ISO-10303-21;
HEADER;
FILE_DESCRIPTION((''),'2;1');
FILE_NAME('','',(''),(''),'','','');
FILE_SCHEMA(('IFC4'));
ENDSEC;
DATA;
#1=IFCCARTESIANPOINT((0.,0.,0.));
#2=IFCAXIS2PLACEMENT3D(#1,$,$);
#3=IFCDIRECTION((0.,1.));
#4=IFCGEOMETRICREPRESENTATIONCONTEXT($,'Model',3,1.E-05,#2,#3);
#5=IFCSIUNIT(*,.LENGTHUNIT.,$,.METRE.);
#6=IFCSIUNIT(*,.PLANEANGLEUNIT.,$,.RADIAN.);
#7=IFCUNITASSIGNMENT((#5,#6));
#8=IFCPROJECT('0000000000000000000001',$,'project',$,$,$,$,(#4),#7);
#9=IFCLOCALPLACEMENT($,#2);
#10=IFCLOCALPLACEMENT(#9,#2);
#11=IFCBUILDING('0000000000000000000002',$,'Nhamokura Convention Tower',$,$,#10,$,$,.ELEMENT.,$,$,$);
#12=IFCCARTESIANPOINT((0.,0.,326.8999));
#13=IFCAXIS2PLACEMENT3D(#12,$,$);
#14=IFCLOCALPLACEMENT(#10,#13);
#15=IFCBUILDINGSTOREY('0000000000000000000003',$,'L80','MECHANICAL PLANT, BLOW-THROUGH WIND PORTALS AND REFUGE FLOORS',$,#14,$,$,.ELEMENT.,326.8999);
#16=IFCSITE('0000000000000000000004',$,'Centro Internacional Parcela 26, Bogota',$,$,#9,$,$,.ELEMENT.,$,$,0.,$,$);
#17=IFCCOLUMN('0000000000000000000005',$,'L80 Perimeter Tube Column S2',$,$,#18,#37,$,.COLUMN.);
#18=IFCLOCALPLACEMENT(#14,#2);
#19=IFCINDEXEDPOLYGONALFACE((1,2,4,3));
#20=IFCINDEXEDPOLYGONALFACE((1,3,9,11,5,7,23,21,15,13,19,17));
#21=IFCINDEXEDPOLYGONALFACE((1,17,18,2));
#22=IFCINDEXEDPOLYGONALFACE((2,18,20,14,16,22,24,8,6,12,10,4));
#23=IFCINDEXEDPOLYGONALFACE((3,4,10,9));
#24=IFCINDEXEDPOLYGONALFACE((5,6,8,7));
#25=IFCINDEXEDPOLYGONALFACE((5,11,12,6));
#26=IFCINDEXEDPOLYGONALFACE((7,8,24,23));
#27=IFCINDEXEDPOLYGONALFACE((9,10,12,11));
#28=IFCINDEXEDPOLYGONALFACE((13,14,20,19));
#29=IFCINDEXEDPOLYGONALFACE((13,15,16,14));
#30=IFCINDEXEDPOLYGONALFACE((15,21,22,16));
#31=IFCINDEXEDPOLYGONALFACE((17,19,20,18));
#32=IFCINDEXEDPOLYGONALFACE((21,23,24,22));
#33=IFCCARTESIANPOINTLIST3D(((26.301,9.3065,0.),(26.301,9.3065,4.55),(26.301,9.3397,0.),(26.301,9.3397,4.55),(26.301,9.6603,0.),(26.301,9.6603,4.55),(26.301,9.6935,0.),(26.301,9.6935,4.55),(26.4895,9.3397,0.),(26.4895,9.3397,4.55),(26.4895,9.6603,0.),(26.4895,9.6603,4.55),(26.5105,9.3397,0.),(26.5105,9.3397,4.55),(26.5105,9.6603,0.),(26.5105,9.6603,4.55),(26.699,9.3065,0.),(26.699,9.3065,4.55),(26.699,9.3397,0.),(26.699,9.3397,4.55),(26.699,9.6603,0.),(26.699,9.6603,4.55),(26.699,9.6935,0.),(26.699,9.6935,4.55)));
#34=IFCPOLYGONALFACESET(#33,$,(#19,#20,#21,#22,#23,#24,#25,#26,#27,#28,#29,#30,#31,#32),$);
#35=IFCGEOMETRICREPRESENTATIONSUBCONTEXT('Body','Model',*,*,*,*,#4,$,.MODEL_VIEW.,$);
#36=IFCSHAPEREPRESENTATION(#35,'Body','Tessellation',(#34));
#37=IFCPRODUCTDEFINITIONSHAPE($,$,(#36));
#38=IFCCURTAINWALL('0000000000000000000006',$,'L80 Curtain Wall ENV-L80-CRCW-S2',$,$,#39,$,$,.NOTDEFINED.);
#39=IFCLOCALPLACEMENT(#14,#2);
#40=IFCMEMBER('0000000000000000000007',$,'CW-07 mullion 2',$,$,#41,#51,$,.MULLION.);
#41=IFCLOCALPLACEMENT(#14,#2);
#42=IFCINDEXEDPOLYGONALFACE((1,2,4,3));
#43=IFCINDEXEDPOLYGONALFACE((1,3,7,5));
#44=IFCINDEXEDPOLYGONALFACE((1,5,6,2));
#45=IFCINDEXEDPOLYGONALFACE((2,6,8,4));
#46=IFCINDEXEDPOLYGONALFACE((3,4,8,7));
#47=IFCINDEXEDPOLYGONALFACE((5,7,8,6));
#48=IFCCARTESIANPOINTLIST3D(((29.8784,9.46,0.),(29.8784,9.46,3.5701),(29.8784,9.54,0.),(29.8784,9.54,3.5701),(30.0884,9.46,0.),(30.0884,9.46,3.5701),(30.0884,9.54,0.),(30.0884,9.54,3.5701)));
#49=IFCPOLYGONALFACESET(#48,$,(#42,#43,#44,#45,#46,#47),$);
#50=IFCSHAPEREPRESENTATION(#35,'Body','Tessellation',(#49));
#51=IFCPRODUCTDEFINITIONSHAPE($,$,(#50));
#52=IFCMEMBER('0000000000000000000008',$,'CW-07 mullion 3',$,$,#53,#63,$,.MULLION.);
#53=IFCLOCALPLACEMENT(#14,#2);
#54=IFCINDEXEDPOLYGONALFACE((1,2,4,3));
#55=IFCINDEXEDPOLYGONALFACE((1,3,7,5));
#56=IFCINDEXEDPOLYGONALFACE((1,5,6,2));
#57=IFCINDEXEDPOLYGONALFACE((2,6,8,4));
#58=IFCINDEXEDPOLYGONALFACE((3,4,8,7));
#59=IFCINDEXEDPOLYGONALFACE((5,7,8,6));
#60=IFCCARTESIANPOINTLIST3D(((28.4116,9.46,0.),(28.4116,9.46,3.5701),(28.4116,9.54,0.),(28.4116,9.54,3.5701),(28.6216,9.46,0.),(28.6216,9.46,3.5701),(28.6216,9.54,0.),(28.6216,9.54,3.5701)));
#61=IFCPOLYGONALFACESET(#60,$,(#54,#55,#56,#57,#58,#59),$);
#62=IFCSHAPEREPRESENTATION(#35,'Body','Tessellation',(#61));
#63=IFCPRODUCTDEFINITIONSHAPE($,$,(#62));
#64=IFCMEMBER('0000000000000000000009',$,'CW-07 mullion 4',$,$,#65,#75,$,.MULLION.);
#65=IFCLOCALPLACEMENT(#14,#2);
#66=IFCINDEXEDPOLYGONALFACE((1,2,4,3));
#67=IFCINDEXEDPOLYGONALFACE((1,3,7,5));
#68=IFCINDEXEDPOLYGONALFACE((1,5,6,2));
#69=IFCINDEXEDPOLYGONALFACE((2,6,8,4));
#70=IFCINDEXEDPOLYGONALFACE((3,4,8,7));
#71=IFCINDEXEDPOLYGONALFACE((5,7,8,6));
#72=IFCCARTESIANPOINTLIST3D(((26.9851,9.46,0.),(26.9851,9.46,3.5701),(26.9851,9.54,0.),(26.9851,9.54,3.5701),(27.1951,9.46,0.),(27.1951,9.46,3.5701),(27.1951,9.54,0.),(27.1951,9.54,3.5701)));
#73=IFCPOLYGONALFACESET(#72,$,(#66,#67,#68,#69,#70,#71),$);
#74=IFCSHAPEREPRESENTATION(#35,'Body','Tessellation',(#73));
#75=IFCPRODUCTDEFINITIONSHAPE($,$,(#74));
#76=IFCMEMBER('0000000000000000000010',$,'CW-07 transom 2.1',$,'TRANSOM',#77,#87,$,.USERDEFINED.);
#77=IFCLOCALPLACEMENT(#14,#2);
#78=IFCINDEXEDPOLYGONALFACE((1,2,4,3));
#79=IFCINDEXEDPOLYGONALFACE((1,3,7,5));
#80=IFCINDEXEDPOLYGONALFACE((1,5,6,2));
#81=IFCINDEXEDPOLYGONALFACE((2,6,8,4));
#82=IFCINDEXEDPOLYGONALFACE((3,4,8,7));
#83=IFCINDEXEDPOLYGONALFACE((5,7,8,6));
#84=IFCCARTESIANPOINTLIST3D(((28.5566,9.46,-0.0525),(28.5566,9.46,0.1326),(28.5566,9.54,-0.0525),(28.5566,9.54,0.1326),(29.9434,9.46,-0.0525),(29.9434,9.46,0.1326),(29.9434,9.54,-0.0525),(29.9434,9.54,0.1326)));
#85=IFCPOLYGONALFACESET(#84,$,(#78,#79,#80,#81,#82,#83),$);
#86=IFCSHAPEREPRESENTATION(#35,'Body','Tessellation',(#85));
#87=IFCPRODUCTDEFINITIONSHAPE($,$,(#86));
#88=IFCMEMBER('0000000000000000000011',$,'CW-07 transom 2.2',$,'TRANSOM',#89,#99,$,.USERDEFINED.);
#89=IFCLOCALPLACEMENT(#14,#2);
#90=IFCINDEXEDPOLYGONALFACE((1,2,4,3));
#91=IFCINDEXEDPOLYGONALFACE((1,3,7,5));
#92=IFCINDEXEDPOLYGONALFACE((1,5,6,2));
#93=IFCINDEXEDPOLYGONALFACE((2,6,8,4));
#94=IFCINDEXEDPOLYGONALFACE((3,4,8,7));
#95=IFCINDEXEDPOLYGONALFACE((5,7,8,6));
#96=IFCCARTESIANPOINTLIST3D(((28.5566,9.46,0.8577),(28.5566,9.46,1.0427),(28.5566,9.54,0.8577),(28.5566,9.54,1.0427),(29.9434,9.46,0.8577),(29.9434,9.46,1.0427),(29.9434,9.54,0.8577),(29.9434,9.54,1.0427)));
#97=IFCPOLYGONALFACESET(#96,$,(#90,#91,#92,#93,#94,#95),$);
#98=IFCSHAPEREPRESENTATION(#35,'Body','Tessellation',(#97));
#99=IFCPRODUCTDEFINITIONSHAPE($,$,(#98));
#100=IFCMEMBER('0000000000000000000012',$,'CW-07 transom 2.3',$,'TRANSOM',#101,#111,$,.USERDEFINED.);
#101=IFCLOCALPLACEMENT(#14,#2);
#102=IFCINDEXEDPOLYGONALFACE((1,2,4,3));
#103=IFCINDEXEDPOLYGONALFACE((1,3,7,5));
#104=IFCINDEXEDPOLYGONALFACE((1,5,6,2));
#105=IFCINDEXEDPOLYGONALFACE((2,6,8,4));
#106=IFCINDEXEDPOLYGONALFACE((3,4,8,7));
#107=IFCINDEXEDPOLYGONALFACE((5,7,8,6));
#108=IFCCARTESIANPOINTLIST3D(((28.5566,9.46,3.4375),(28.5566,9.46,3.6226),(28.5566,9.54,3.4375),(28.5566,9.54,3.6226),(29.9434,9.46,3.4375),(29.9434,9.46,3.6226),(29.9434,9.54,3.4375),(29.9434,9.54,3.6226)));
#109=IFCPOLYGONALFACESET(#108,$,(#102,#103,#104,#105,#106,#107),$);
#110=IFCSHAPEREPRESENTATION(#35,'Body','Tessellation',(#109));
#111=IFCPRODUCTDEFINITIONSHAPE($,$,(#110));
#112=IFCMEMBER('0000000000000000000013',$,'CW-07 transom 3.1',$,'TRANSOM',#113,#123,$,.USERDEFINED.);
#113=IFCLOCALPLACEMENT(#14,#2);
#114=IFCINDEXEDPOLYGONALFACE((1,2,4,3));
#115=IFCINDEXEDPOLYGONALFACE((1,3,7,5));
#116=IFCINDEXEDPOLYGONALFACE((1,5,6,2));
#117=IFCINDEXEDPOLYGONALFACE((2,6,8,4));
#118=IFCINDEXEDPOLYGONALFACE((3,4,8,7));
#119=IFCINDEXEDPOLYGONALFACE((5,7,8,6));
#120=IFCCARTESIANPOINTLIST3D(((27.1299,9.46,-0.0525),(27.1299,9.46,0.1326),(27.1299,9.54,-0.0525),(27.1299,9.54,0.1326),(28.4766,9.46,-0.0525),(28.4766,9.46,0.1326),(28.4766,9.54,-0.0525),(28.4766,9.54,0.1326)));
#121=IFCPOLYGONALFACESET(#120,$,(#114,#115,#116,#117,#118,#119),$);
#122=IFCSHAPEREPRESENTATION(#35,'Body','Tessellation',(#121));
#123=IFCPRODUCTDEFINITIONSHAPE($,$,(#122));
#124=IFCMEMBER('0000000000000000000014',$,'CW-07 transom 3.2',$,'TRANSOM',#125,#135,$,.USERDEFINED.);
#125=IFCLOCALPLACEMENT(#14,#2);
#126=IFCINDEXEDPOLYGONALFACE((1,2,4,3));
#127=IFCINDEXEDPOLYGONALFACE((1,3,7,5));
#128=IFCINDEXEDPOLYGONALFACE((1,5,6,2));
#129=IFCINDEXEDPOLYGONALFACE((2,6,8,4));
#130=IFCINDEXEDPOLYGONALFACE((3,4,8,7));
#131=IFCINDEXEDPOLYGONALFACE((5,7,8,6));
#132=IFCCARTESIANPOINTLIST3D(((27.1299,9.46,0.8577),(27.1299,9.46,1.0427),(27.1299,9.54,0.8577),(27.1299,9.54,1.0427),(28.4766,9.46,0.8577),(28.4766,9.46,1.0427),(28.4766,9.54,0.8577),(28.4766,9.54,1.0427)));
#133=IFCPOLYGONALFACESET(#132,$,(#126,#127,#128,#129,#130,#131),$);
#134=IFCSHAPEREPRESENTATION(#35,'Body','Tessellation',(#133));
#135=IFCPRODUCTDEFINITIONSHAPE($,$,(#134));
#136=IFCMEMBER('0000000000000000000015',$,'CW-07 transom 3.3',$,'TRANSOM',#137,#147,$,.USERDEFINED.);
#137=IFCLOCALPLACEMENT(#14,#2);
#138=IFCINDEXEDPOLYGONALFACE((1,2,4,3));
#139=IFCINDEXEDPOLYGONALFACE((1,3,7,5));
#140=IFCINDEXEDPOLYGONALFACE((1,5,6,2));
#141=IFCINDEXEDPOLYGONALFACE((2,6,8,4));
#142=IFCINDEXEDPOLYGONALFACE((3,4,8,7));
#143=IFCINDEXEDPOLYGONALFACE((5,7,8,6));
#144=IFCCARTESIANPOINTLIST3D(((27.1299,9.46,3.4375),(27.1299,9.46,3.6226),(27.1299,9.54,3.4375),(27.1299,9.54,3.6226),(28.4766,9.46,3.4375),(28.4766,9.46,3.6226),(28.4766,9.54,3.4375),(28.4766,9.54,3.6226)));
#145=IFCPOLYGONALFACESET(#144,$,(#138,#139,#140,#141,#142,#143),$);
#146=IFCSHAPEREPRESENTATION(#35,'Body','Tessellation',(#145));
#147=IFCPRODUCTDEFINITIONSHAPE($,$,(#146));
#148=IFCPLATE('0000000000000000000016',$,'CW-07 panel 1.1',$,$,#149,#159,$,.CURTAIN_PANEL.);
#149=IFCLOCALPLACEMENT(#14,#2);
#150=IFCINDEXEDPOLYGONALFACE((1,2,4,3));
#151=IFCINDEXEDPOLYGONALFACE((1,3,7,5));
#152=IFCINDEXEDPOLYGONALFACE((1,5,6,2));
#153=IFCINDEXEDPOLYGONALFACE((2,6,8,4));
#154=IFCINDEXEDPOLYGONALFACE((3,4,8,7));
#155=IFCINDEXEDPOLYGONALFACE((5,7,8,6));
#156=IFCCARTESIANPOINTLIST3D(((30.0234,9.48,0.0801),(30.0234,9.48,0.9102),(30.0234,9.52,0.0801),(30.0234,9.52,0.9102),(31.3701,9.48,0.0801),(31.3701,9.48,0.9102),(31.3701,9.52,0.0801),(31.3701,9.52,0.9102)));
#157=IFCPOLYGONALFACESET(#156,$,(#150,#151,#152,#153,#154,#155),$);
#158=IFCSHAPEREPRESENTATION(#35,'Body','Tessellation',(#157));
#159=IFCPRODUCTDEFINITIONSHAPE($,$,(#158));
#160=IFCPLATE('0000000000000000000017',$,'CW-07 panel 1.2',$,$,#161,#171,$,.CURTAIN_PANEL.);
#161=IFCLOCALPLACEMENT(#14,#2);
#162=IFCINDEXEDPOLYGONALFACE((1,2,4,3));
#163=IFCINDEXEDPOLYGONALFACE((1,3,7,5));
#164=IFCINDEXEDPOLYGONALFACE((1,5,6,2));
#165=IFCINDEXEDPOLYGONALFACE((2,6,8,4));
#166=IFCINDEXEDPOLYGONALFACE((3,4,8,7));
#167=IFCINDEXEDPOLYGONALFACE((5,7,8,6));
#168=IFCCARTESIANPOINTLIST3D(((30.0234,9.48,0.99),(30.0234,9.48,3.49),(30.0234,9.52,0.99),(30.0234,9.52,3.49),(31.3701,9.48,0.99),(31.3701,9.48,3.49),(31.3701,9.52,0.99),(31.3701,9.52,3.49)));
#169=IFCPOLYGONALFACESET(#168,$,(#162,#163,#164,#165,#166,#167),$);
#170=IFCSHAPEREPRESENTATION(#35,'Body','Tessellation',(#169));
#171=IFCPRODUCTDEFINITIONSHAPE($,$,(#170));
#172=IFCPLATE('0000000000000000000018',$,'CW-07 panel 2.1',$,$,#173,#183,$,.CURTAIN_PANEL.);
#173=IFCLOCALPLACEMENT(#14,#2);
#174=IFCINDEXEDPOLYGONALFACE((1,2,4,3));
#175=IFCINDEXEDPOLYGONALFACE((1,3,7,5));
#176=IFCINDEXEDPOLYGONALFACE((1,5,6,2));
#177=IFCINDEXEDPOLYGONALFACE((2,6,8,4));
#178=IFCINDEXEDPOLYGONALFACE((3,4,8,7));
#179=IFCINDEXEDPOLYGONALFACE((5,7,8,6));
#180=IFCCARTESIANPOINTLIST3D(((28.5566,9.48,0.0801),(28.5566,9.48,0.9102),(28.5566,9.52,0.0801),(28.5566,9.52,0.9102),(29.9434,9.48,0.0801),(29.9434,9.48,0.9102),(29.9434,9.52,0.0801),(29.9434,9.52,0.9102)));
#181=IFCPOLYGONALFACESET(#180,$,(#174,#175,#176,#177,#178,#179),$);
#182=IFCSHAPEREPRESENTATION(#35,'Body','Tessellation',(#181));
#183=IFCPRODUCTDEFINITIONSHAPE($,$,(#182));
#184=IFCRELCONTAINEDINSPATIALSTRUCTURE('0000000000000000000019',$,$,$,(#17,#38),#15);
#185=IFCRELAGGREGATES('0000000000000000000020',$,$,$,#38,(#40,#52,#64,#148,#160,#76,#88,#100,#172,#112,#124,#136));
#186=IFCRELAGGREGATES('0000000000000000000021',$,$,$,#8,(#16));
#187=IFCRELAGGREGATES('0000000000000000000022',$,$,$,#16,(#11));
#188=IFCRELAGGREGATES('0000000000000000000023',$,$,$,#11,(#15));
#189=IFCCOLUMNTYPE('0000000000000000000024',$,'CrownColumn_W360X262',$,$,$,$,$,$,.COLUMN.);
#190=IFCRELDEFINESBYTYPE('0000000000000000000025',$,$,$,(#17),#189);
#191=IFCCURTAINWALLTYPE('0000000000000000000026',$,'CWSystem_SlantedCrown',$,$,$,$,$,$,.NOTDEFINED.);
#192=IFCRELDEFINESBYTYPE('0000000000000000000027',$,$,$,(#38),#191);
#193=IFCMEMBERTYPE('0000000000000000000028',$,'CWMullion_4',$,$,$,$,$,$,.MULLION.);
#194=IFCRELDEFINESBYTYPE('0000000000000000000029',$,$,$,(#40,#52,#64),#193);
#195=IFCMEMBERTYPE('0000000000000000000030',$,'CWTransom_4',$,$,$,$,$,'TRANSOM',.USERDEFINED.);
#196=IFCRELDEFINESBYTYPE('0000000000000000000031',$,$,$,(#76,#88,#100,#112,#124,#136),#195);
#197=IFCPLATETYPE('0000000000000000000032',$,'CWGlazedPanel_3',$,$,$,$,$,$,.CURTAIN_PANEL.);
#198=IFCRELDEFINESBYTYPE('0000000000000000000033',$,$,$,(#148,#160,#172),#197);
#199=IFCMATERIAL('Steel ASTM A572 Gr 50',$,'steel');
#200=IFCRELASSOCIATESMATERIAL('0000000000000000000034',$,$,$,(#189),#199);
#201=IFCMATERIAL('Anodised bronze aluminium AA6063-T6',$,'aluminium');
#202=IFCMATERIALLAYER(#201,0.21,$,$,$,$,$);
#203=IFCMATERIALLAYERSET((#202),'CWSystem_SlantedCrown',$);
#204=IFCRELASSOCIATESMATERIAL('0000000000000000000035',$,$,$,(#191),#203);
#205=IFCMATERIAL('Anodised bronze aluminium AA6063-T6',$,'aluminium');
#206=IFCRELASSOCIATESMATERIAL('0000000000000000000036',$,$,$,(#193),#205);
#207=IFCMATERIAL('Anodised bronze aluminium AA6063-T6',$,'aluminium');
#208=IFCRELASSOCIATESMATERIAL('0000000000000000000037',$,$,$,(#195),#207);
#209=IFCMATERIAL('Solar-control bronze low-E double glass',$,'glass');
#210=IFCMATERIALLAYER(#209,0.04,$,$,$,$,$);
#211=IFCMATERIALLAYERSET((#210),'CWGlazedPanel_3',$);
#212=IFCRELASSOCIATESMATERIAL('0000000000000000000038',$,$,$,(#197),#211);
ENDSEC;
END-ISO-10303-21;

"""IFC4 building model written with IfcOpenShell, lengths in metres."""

from ifc_helpers import new_model, si_unit, direction, frame, origin, origin_2d, place, context, subcontext, project, spatial, rectangle, i_section, extrude, material, layer, layer_set, material_profile, profile_set, type_object, element, aggregate, save


model = new_model("IFC4")

# Units and contexts
model_context = context("Model", 3, precision=1e-05, world=origin(), true_north=direction((0.0, 1.0)))
body_context = subcontext(model_context, "Body", "Model", "MODEL_VIEW")
ifc_project = project(units=[si_unit("LENGTHUNIT", "METRE"), si_unit("PLANEANGLEUNIT", "RADIAN")], contexts=[model_context])

# Site, building, storey
site_placement = place(None, origin())
site = spatial("IfcSite", under=ifc_project, at=site_placement, Name="Centro Internacional Parcela 26, Bogota", CompositionType="ELEMENT", RefElevation=0.0)
building_placement = place(site_placement, origin())
building = spatial("IfcBuilding", under=site, at=building_placement, Name="Nhamokura Convention Tower", CompositionType="ELEMENT")
storey_placement = place(building_placement, frame((0.0, 0.0, 326.8999)))
storey = spatial("IfcBuildingStorey", under=building, at=storey_placement, Name="L80", Description="MECHANICAL PLANT, BLOW-THROUGH WIND PORTALS AND REFUGE FLOORS", CompositionType="ELEMENT", Elevation=326.8999)

# Column
ifc_material_1 = material(Name="Steel ASTM A572 Gr 50", Category="steel")
ifc_material_profile_1 = material_profile(ifc_material_1, i_section(OverallWidth=0.3979, OverallDepth=0.387, WebThickness=0.021, FlangeThickness=0.0332, at=origin_2d()))
ifc_profile_set_1 = profile_set([ifc_material_profile_1], Name="Steel ASTM A572 Gr 50")
column_type = type_object("IfcColumnType", Name="CrownColumn_W360X262", PredefinedType="COLUMN", material=ifc_profile_set_1)
column_placement = place(storey_placement, frame((26.5, 9.5, 0.0), z_axis=(0.0, 0.0, 1.0), x_axis=(1.0, 0.0, 0.0)))
element("IfcColumn", 1, at=column_placement, inside=storey, type_object=column_type, Name="L80 Perimeter Tube Column S2", PredefinedType="COLUMN", context=body_context, shape_type="SweptSolid", body=[
    extrude(i_section(OverallWidth=0.3979, OverallDepth=0.387, WebThickness=0.021, FlangeThickness=0.0332, at=origin_2d()), origin(), (0.0, 0.0, 1.0), 4.55),
])

# Curtain wall, members, plates
ifc_material_2 = material(Name="Anodised bronze aluminium AA6063-T6", Category="aluminium")
ifc_layer_1 = layer(ifc_material_2, 0.21)
ifc_layer_set_1 = layer_set([ifc_layer_1], Name="CWSystem_SlantedCrown")
curtain_wall_type = type_object("IfcCurtainWallType", Name="CWSystem_SlantedCrown", PredefinedType="NOTDEFINED", material=ifc_layer_set_1)
curtain_wall_placement = place(storey_placement, origin())
curtain_wall = element("IfcCurtainWall", 2, at=curtain_wall_placement, inside=storey, type_object=curtain_wall_type, Name="L80 Curtain Wall ENV-L80-CRCW-S2", PredefinedType="NOTDEFINED")
ifc_material_3 = material(Name="Anodised bronze aluminium AA6063-T6", Category="aluminium")
ifc_material_profile_2 = material_profile(ifc_material_3, rectangle(XDim=0.0801, YDim=0.21, at=origin_2d()))
ifc_profile_set_2 = profile_set([ifc_material_profile_2], Name="Anodised bronze aluminium AA6063-T6")
member_type_1 = type_object("IfcMemberType", Name="CWMullion_4", PredefinedType="MULLION", material=ifc_profile_set_2)
member_1_placement = place(storey_placement, frame((29.9834, 9.5, 0.0), z_axis=(0.0, 0.0, 1.0), x_axis=(0.0, -1.0, 0.0)))
member_1 = element("IfcMember", 3, at=member_1_placement, type_object=member_type_1, Name="CW-07 mullion 2", PredefinedType="MULLION", context=body_context, shape_type="SweptSolid", body=[
    extrude(rectangle(XDim=0.0801, YDim=0.21, at=origin_2d()), origin(), (0.0, 0.0, 1.0), 3.5701),
])
member_2_placement = place(storey_placement, frame((28.5166, 9.5, 0.0), z_axis=(0.0, 0.0, 1.0), x_axis=(0.0, -1.0, 0.0)))
member_2 = element("IfcMember", 4, at=member_2_placement, type_object=member_type_1, Name="CW-07 mullion 3", PredefinedType="MULLION", context=body_context, shape_type="SweptSolid", body=[
    extrude(rectangle(XDim=0.0801, YDim=0.21, at=origin_2d()), origin(), (0.0, 0.0, 1.0), 3.5701),
])
member_3_placement = place(storey_placement, frame((27.0901, 9.5, 0.0), z_axis=(0.0, 0.0, 1.0), x_axis=(0.0, -1.0, 0.0)))
member_3 = element("IfcMember", 5, at=member_3_placement, type_object=member_type_1, Name="CW-07 mullion 4", PredefinedType="MULLION", context=body_context, shape_type="SweptSolid", body=[
    extrude(rectangle(XDim=0.0801, YDim=0.21, at=origin_2d()), origin(), (0.0, 0.0, 1.0), 3.5701),
])
ifc_material_4 = material(Name="Anodised bronze aluminium AA6063-T6", Category="aluminium")
ifc_material_profile_3 = material_profile(ifc_material_4, rectangle(XDim=0.0801, YDim=0.1851, at=origin_2d()))
ifc_profile_set_3 = profile_set([ifc_material_profile_3], Name="Anodised bronze aluminium AA6063-T6")
member_type_2 = type_object("IfcMemberType", Name="CWTransom_4", ElementType="TRANSOM", PredefinedType="USERDEFINED", material=ifc_profile_set_3)
member_4_placement = place(storey_placement, frame((29.9434, 9.5, 0.04), z_axis=(-1.0, 0.0, 0.0), x_axis=(0.0, -1.0, 0.0)))
member_4 = element("IfcMember", 6, at=member_4_placement, type_object=member_type_2, Name="CW-07 transom 2.1", ObjectType="TRANSOM", PredefinedType="USERDEFINED", context=body_context, shape_type="SweptSolid", body=[
    extrude(rectangle(XDim=0.0801, YDim=0.1851, at=origin_2d()), origin(), (0.0, 0.0, 1.0), 1.3867),
])
member_5_placement = place(storey_placement, frame((29.9434, 9.5, 0.9502), z_axis=(-1.0, 0.0, 0.0), x_axis=(0.0, -1.0, 0.0)))
member_5 = element("IfcMember", 7, at=member_5_placement, type_object=member_type_2, Name="CW-07 transom 2.2", ObjectType="TRANSOM", PredefinedType="USERDEFINED", context=body_context, shape_type="SweptSolid", body=[
    extrude(rectangle(XDim=0.0801, YDim=0.1851, at=origin_2d()), origin(), (0.0, 0.0, 1.0), 1.3867),
])
member_6_placement = place(storey_placement, frame((29.9434, 9.5, 3.53), z_axis=(-1.0, 0.0, 0.0), x_axis=(0.0, -1.0, 0.0)))
member_6 = element("IfcMember", 8, at=member_6_placement, type_object=member_type_2, Name="CW-07 transom 2.3", ObjectType="TRANSOM", PredefinedType="USERDEFINED", context=body_context, shape_type="SweptSolid", body=[
    extrude(rectangle(XDim=0.0801, YDim=0.1851, at=origin_2d()), origin(), (0.0, 0.0, 1.0), 1.3867),
])
member_7_placement = place(storey_placement, frame((28.4766, 9.5, 0.04), z_axis=(-1.0, 0.0, 0.0), x_axis=(0.0, -1.0, 0.0)))
member_7 = element("IfcMember", 9, at=member_7_placement, type_object=member_type_2, Name="CW-07 transom 3.1", ObjectType="TRANSOM", PredefinedType="USERDEFINED", context=body_context, shape_type="SweptSolid", body=[
    extrude(rectangle(XDim=0.0801, YDim=0.1851, at=origin_2d()), origin(), (0.0, 0.0, 1.0), 1.3467),
])
member_8_placement = place(storey_placement, frame((28.4766, 9.5, 0.9502), z_axis=(-1.0, 0.0, 0.0), x_axis=(0.0, -1.0, 0.0)))
member_8 = element("IfcMember", 10, at=member_8_placement, type_object=member_type_2, Name="CW-07 transom 3.2", ObjectType="TRANSOM", PredefinedType="USERDEFINED", context=body_context, shape_type="SweptSolid", body=[
    extrude(rectangle(XDim=0.0801, YDim=0.1851, at=origin_2d()), origin(), (0.0, 0.0, 1.0), 1.3467),
])
member_9_placement = place(storey_placement, frame((28.4766, 9.5, 3.53), z_axis=(-1.0, 0.0, 0.0), x_axis=(0.0, -1.0, 0.0)))
member_9 = element("IfcMember", 11, at=member_9_placement, type_object=member_type_2, Name="CW-07 transom 3.3", ObjectType="TRANSOM", PredefinedType="USERDEFINED", context=body_context, shape_type="SweptSolid", body=[
    extrude(rectangle(XDim=0.0801, YDim=0.1851, at=origin_2d()), origin(), (0.0, 0.0, 1.0), 1.3467),
])
ifc_material_5 = material(Name="Solar-control bronze low-E double glass", Category="glass")
ifc_layer_2 = layer(ifc_material_5, 0.04)
ifc_layer_set_2 = layer_set([ifc_layer_2], Name="CWGlazedPanel_3")
plate_type = type_object("IfcPlateType", Name="CWGlazedPanel_3", PredefinedType="CURTAIN_PANEL", material=ifc_layer_set_2)
plate_1_placement = place(storey_placement, frame((30.6968, 9.5, 0.0801), z_axis=(0.0, 0.0, 1.0), x_axis=(-1.0, 0.0, 0.0)))
plate_1 = element("IfcPlate", 12, at=plate_1_placement, type_object=plate_type, Name="CW-07 panel 1.1", PredefinedType="CURTAIN_PANEL", context=body_context, shape_type="SweptSolid", body=[
    extrude(rectangle(XDim=1.3467, YDim=0.04, at=origin_2d()), origin(), (0.0, 0.0, 1.0), 0.8301),
])
plate_2_placement = place(storey_placement, frame((30.6968, 9.5, 0.99), z_axis=(0.0, 0.0, 1.0), x_axis=(-1.0, 0.0, 0.0)))
plate_2 = element("IfcPlate", 13, at=plate_2_placement, type_object=plate_type, Name="CW-07 panel 1.2", PredefinedType="CURTAIN_PANEL", context=body_context, shape_type="SweptSolid", body=[
    extrude(rectangle(XDim=1.3467, YDim=0.04, at=origin_2d()), origin(), (0.0, 0.0, 1.0), 2.5),
])
plate_3_placement = place(storey_placement, frame((29.25, 9.5, 0.0801), z_axis=(0.0, 0.0, 1.0), x_axis=(-1.0, 0.0, 0.0)))
plate_3 = element("IfcPlate", 14, at=plate_3_placement, type_object=plate_type, Name="CW-07 panel 2.1", PredefinedType="CURTAIN_PANEL", context=body_context, shape_type="SweptSolid", body=[
    extrude(rectangle(XDim=1.3867, YDim=0.04, at=origin_2d()), origin(), (0.0, 0.0, 1.0), 0.8301),
])
aggregate(curtain_wall, [member_1, member_2, member_3, plate_1, plate_2, member_4, member_5, member_6, plate_3, member_7, member_8, member_9])

save(model, "model.ifc")
